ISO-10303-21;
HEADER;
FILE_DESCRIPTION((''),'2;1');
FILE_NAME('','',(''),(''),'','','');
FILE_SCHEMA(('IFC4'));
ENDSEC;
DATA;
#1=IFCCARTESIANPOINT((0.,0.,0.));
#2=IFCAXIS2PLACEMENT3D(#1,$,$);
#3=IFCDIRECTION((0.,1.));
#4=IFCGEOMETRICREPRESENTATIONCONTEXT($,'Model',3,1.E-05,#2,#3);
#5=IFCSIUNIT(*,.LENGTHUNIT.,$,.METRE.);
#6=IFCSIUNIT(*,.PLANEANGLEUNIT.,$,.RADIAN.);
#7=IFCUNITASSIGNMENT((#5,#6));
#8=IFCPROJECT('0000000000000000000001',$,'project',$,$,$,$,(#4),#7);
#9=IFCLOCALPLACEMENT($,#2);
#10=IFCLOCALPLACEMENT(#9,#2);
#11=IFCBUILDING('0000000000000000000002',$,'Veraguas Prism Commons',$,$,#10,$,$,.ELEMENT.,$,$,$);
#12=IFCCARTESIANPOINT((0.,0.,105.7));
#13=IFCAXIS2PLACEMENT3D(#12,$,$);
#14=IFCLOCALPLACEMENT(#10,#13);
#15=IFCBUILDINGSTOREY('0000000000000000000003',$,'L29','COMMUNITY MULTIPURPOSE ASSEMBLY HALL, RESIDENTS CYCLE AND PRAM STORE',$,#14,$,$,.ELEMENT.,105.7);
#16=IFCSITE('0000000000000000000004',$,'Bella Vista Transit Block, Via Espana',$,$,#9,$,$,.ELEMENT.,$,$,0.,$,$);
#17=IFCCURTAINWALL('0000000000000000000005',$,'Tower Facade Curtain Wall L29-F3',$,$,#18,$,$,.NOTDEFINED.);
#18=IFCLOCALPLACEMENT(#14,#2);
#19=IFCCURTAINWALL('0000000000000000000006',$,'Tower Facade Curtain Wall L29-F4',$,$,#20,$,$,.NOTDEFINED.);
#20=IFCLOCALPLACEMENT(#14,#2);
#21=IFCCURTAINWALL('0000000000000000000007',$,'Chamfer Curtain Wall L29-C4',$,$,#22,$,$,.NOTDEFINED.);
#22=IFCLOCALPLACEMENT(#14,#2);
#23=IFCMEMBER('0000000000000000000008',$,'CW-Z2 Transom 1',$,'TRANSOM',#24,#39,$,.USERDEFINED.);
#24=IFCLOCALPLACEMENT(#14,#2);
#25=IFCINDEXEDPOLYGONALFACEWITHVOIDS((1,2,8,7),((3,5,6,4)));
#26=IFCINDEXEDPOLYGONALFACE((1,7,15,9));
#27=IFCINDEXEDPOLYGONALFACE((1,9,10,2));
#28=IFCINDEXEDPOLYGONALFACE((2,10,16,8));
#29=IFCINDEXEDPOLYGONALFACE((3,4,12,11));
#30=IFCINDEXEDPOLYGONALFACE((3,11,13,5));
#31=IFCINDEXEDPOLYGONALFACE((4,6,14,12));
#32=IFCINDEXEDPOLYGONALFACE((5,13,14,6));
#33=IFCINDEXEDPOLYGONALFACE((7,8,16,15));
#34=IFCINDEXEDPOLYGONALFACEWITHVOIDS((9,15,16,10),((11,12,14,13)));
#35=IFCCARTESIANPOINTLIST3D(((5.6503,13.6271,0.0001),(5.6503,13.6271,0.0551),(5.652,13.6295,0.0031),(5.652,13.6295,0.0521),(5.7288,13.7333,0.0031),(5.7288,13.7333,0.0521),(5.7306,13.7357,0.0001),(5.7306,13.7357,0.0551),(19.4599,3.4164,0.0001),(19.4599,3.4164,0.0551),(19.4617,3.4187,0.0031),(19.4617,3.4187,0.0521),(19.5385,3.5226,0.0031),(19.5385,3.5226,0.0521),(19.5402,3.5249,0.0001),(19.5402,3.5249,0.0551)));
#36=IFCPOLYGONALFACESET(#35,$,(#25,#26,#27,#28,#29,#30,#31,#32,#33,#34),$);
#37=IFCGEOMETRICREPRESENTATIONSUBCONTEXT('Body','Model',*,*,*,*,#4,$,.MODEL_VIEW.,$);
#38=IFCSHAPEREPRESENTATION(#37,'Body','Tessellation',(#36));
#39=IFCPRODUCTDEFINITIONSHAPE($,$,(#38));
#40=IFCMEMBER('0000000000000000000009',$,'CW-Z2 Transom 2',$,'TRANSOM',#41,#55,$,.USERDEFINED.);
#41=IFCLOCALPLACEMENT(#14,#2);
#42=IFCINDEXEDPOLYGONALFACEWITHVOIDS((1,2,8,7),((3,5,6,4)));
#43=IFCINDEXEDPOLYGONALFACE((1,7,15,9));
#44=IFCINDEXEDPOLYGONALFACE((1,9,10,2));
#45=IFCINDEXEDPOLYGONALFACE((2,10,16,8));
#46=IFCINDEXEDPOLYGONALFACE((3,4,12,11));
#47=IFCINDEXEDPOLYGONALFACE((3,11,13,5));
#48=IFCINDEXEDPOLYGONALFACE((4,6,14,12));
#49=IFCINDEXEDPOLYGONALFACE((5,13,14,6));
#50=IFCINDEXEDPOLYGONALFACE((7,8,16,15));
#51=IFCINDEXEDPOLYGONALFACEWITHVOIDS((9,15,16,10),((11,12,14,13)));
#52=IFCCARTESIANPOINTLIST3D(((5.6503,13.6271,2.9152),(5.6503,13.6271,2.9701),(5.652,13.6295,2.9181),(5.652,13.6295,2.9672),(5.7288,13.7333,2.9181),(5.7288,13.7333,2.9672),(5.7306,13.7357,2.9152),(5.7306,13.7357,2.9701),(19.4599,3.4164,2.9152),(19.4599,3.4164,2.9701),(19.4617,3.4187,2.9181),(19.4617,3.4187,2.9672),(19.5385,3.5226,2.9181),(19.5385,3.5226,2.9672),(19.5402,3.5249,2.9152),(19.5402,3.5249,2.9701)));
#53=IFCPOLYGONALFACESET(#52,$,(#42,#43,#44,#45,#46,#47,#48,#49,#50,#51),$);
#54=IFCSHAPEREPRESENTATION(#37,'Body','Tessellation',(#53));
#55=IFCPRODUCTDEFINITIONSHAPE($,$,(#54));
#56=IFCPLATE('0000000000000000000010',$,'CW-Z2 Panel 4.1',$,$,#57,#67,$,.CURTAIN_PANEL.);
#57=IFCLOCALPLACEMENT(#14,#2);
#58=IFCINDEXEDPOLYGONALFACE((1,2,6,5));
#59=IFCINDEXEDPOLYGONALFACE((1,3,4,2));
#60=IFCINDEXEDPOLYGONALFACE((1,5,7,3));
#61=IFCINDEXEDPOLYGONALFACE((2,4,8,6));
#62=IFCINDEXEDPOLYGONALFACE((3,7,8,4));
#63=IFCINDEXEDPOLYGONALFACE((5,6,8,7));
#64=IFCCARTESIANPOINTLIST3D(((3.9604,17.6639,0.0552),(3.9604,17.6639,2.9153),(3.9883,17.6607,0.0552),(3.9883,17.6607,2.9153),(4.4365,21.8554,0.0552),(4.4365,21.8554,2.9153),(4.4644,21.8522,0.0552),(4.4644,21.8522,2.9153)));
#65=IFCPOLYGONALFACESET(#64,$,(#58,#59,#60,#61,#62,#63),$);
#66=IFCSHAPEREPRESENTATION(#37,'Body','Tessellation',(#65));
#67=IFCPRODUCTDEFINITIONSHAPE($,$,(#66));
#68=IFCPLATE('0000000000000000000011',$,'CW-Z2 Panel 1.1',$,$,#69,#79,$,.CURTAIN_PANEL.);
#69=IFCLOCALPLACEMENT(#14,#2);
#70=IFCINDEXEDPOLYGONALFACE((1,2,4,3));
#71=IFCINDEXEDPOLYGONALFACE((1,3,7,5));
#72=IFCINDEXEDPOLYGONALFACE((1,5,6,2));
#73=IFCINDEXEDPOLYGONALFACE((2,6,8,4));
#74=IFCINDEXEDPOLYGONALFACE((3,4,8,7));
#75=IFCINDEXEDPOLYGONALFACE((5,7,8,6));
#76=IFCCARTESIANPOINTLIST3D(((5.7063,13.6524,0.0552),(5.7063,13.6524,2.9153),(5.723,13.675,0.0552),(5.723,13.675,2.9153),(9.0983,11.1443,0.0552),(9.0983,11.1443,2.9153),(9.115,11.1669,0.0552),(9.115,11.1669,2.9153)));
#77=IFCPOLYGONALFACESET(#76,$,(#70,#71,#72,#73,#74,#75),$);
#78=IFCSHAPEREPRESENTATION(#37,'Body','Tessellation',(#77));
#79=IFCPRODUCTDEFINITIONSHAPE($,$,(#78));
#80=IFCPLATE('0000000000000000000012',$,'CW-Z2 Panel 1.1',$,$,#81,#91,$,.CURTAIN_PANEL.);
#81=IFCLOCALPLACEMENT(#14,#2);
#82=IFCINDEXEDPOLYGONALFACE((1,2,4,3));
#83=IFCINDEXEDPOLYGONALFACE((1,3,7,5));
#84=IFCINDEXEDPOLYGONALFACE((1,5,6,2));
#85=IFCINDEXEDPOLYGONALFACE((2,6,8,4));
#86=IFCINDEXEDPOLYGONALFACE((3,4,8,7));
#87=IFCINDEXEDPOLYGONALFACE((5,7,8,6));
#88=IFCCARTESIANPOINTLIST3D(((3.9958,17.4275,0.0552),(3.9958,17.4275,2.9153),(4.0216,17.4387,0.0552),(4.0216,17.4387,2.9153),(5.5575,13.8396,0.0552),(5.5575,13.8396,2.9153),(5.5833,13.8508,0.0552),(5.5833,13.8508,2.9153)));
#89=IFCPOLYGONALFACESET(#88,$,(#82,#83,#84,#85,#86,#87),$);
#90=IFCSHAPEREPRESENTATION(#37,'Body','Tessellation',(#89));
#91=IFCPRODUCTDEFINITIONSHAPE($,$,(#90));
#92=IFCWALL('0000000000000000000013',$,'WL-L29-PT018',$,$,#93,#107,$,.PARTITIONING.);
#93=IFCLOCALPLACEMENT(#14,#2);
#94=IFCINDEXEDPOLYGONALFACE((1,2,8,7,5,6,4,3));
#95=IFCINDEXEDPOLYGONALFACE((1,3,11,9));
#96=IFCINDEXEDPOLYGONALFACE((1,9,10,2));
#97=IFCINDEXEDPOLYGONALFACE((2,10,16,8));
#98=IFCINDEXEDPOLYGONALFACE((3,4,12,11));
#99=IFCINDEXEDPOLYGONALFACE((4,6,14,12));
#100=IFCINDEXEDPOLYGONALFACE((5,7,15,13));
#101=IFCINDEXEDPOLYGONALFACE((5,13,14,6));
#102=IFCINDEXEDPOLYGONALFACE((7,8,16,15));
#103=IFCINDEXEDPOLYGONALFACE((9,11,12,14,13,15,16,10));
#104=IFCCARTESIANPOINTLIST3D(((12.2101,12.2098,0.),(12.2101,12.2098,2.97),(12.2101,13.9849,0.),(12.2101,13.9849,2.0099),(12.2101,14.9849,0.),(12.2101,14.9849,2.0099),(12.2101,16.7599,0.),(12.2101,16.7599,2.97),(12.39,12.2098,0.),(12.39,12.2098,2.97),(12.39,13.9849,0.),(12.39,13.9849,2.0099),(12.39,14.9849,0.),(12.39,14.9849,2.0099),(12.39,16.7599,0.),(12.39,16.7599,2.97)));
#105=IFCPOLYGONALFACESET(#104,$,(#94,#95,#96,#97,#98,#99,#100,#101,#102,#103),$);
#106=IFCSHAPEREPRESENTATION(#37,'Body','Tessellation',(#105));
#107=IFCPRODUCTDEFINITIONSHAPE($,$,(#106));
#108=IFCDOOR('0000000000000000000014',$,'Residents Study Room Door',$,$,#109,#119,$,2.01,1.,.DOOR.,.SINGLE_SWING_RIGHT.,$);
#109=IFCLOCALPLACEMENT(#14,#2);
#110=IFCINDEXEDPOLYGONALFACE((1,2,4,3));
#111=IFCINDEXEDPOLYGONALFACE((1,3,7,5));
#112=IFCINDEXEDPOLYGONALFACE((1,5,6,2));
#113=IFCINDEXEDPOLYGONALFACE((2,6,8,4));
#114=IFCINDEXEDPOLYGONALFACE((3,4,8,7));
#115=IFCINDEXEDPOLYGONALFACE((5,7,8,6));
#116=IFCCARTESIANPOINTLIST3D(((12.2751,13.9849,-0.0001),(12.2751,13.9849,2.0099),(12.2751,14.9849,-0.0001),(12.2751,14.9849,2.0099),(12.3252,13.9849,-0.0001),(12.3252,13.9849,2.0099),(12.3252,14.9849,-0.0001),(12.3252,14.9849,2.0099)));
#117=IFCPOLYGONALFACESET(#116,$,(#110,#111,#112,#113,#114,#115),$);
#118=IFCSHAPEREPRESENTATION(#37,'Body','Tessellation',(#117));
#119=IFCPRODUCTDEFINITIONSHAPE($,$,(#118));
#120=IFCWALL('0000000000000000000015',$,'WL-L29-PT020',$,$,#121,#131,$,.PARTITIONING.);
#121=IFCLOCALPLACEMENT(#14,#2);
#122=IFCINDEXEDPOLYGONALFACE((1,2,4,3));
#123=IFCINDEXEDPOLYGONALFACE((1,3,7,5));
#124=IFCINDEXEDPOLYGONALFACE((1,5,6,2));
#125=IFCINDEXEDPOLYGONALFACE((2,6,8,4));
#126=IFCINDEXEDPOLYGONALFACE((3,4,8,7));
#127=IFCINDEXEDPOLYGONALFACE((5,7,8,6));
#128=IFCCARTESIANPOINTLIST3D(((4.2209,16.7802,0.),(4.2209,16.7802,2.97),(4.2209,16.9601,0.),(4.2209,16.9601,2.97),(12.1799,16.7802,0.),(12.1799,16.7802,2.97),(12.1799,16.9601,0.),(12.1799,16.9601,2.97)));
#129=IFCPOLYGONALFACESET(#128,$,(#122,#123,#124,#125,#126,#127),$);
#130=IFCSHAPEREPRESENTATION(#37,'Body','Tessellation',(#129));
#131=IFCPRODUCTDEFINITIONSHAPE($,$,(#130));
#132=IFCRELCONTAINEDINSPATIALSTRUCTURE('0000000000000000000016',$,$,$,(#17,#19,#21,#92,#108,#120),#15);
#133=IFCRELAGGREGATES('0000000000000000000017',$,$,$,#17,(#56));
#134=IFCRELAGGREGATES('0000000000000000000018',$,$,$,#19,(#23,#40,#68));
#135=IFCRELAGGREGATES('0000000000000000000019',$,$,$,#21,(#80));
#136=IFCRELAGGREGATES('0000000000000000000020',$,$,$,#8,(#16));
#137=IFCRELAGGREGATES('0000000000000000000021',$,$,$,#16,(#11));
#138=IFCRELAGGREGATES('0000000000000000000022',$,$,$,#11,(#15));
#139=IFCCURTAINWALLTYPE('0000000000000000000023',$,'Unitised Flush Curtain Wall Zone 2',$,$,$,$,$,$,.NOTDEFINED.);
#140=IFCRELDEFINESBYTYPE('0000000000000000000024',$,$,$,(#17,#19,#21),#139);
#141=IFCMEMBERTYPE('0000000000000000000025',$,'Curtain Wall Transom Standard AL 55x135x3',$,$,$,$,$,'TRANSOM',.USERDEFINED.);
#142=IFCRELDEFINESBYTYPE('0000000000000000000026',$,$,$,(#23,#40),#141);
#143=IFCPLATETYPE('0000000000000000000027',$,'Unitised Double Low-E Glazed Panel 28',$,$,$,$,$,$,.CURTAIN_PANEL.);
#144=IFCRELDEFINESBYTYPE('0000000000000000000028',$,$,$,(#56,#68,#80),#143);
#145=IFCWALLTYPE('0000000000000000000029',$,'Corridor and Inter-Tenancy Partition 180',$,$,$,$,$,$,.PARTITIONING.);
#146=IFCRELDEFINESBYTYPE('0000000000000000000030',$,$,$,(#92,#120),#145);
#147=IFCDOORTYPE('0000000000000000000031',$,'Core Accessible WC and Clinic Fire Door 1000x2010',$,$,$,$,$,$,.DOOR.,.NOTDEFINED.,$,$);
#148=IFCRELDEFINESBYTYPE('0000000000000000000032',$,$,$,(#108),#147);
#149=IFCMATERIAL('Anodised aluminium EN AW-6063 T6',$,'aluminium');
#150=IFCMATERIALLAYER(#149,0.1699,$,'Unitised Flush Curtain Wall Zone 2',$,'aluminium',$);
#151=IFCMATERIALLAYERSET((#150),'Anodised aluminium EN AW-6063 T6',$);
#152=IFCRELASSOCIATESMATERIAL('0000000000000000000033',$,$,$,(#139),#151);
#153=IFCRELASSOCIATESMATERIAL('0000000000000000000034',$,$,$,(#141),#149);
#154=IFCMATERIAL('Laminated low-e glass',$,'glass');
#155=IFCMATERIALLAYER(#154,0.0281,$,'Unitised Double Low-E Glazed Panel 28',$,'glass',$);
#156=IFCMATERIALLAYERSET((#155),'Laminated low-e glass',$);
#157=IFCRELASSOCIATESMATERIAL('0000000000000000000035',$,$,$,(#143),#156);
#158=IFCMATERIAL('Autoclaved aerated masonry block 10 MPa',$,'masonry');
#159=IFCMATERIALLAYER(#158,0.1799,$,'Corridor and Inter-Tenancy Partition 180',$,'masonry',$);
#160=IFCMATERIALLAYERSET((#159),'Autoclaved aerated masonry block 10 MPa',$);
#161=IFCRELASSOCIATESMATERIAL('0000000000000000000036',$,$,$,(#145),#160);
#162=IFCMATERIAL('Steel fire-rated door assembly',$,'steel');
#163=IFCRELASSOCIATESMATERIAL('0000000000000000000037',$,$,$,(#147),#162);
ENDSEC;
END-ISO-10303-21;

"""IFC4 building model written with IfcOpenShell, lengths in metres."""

from ifc_helpers import new_model, si_unit, direction, frame, frame_2d, origin, origin_2d, place, context, subcontext, project, spatial, rectangle, hollow_rectangle, extrude, source, transform, mapped, material, layer, layer_set, material_profile, profile_set, type_object, element, fill, aggregate, save


model = new_model("IFC4")

# Units and contexts
model_context = context("Model", 3, precision=1e-05, world=origin(), true_north=direction((0.0, 1.0)))
body_context = subcontext(model_context, "Body", "Model", "MODEL_VIEW")
ifc_project = project(units=[si_unit("LENGTHUNIT", "METRE"), si_unit("PLANEANGLEUNIT", "RADIAN")], contexts=[model_context])

# Site, building, storey
site_placement = place(None, origin())
site = spatial("IfcSite", under=ifc_project, at=site_placement, Name="Bella Vista Transit Block, Via Espana", CompositionType="ELEMENT", RefElevation=0.0)
building_placement = place(site_placement, origin())
building = spatial("IfcBuilding", under=site, at=building_placement, Name="Veraguas Prism Commons", CompositionType="ELEMENT")
storey_placement = place(building_placement, frame((0.0, 0.0, 105.7)))
storey = spatial("IfcBuildingStorey", under=building, at=storey_placement, Name="L29", Description="COMMUNITY MULTIPURPOSE ASSEMBLY HALL, RESIDENTS CYCLE AND PRAM STORE", CompositionType="ELEMENT", Elevation=105.7)

# Curtain wall
ifc_material_1 = material(Name="Anodised aluminium EN AW-6063 T6", Category="aluminium")
ifc_layer_1 = layer(ifc_material_1, 0.1699, Name="Unitised Flush Curtain Wall Zone 2", Category="aluminium")
ifc_layer_set_1 = layer_set([ifc_layer_1], Name="Anodised aluminium EN AW-6063 T6")
curtain_wall_type = type_object("IfcCurtainWallType", Name="Unitised Flush Curtain Wall Zone 2", PredefinedType="NOTDEFINED", material=ifc_layer_set_1)
curtain_wall_1_placement = place(storey_placement, origin())
curtain_wall_1 = element("IfcCurtainWall", 1, at=curtain_wall_1_placement, inside=storey, type_object=curtain_wall_type, Name="Tower Facade Curtain Wall L29-F3", PredefinedType="NOTDEFINED")

# Curtain wall
curtain_wall_2_placement = place(storey_placement, origin())
curtain_wall_2 = element("IfcCurtainWall", 2, at=curtain_wall_2_placement, inside=storey, type_object=curtain_wall_type, Name="Tower Facade Curtain Wall L29-F4", PredefinedType="NOTDEFINED")

# Curtain wall
curtain_wall_3_placement = place(storey_placement, origin())
curtain_wall_3 = element("IfcCurtainWall", 3, at=curtain_wall_3_placement, inside=storey, type_object=curtain_wall_type, Name="Chamfer Curtain Wall L29-C4", PredefinedType="NOTDEFINED")
ifc_material_profile_1 = material_profile(ifc_material_1, hollow_rectangle(XDim=0.0549, YDim=0.135, WallThickness=0.0029, at=origin_2d()), Name="AL55X135X3")
ifc_profile_set_1 = profile_set([ifc_material_profile_1], Name="Anodised aluminium EN AW-6063 T6")
member_type_1 = type_object("IfcMemberType", Name="Curtain Wall Transom Standard AL 55x135x3", ElementType="TRANSOM", PredefinedType="USERDEFINED", material=ifc_profile_set_1)

# Members
shared_shape_1 = source(origin(), body_context, "Body", "SweptSolid", [
    extrude(hollow_rectangle(XDim=0.0549, YDim=0.135, WallThickness=0.0029, at=origin_2d()), origin(), (0.0, 0.0, 1.0), 17.1746),
])
member_1_placement = place(storey_placement, frame((5.6904, 13.6814, 0.0276), z_axis=(0.804075, -0.594527, 0.0), x_axis=(0.0, 0.0, 1.0)))
member_1 = element("IfcMember", 4, at=member_1_placement, type_object=member_type_1, Name="CW-Z2 Transom 1", ObjectType="TRANSOM", PredefinedType="USERDEFINED", context=body_context, shape_type="MappedRepresentation", body=[
    mapped(shared_shape_1, transform((0.0, 0.0, 0.0), scale=1.0)),
])
member_2_placement = place(storey_placement, frame((5.6904, 13.6814, 2.9426), z_axis=(0.804075, -0.594527, 0.0), x_axis=(0.0, 0.0, 1.0)))
member_2 = element("IfcMember", 5, at=member_2_placement, type_object=member_type_1, Name="CW-Z2 Transom 2", ObjectType="TRANSOM", PredefinedType="USERDEFINED", context=body_context, shape_type="MappedRepresentation", body=[
    mapped(shared_shape_1, transform((0.0, 0.0, 0.0), scale=1.0)),
])

# Plates
ifc_material_2 = material(Name="Laminated low-e glass", Category="glass")
ifc_layer_2 = layer(ifc_material_2, 0.0281, Name="Unitised Double Low-E Glazed Panel 28", Category="glass")
ifc_layer_set_2 = layer_set([ifc_layer_2], Name="Laminated low-e glass")
plate_type = type_object("IfcPlateType", Name="Unitised Double Low-E Glazed Panel 28", PredefinedType="CURTAIN_PANEL", material=ifc_layer_set_2)
shared_shape_2 = source(origin(), body_context, "Body", "SweptSolid", [
    extrude(rectangle(XDim=4.2185, YDim=0.0281, at=origin_2d()), origin(), (0.0, 0.0, 1.0), 2.8601),
])
plate_1_placement = place(storey_placement, frame((4.2124, 19.7581, 0.0552), z_axis=(0.0, 0.0, 1.0), x_axis=(-0.112856, -0.993611, 0.0)))
plate_1 = element("IfcPlate", 6, at=plate_1_placement, type_object=plate_type, Name="CW-Z2 Panel 4.1", PredefinedType="CURTAIN_PANEL", context=body_context, shape_type="MappedRepresentation", body=[
    mapped(shared_shape_2, transform((0.0, 0.0, 0.0), scale=1.0)),
])
aggregate(curtain_wall_1, [plate_1])
plate_2_placement = place(storey_placement, frame((7.4106, 12.4097, 0.0552), z_axis=(0.0, 0.0, 1.0), x_axis=(0.804068, -0.594538, 0.0)))
plate_2 = element("IfcPlate", 7, at=plate_2_placement, type_object=plate_type, Name="CW-Z2 Panel 1.1", PredefinedType="CURTAIN_PANEL", context=body_context, shape_type="MappedRepresentation", body=[
    mapped(shared_shape_2, transform((0.0, 0.0, 0.0), scale=1.0)),
])
aggregate(curtain_wall_2, [member_1, member_2, plate_2])
shared_shape_3 = source(origin(), body_context, "Body", "SweptSolid", [
    extrude(rectangle(XDim=3.9131, YDim=0.0281, at=origin_2d()), origin(), (0.0, 0.0, 1.0), 2.8601),
])
plate_3_placement = place(storey_placement, frame((4.7896, 15.6392, 0.0552), z_axis=(0.0, 0.0, 1.0), x_axis=(0.399087, -0.916913, 0.0)))
plate_3 = element("IfcPlate", 8, at=plate_3_placement, type_object=plate_type, Name="CW-Z2 Panel 1.1", PredefinedType="CURTAIN_PANEL", context=body_context, shape_type="MappedRepresentation", body=[
    mapped(shared_shape_3, transform((0.0, 0.0, 0.0), scale=1.0)),
])
aggregate(curtain_wall_3, [plate_3])

# Wall, opening, door
ifc_material_3 = material(Name="Autoclaved aerated masonry block 10 MPa", Category="masonry")
ifc_layer_3 = layer(ifc_material_3, 0.1799, Name="Corridor and Inter-Tenancy Partition 180", Category="masonry")
ifc_layer_set_3 = layer_set([ifc_layer_3], Name="Autoclaved aerated masonry block 10 MPa")
wall_type = type_object("IfcWallType", Name="Corridor and Inter-Tenancy Partition 180", PredefinedType="PARTITIONING", material=ifc_layer_set_3)
wall_1_placement = place(storey_placement, frame((12.3, 12.21, 0.0), z_axis=(0.0, 0.0, 1.0), x_axis=(0.0, 1.0, 0.0)))
wall_1 = element("IfcWall", 9, at=wall_1_placement, inside=storey, type_object=wall_type, Name="WL-L29-PT018", PredefinedType="PARTITIONING", context=body_context, shape_type="SweptSolid", body=[
    extrude(rectangle(XDim=4.55, YDim=0.1799, at=frame_2d((2.2749, 0.0))), origin(), (0.0, 0.0, 1.0), 2.97),
])
opening_placement = place(wall_1_placement, frame((1.7749, 0.0, 0.0)))
opening = element("IfcOpeningElement", 10, at=opening_placement, cuts=wall_1, PredefinedType="OPENING", context=body_context, shape_type="SweptSolid", body=[
    extrude(rectangle(XDim=1.0, YDim=2.01, at=frame_2d((0.5, 1.0049))), frame((0.0, 0.0999, 0.0), z_axis=(0.0, -1.0, 0.0), x_axis=(1.0, 0.0, 0.0)), (0.0, 0.0, 1.0), 0.2),
])
ifc_material_4 = material(Name="Steel fire-rated door assembly", Category="steel")
door_type = type_object("IfcDoorType", Name="Core Accessible WC and Clinic Fire Door 1000x2010", OperationType="NOTDEFINED", PredefinedType="DOOR", material=ifc_material_4)
shared_shape_4 = source(origin(), body_context, "Body", "SweptSolid", [
    extrude(rectangle(XDim=1.0, YDim=2.01, at=frame_2d((0.5, 1.0049))), frame((0.0, 0.0249, 0.0), z_axis=(0.0, -1.0, 0.0), x_axis=(1.0, 0.0, 0.0)), (0.0, 0.0, 1.0), 0.05),
])
door_placement = place(opening_placement, origin())
door = element("IfcDoor", 11, at=door_placement, inside=storey, type_object=door_type, Name="Residents Study Room Door", OperationType="SINGLE_SWING_RIGHT", OverallHeight=2.01, OverallWidth=1.0, PredefinedType="DOOR", context=body_context, shape_type="MappedRepresentation", body=[
    mapped(shared_shape_4, transform((0.0, 0.0, 0.0), scale=1.0)),
])
fill(opening, door)

# Wall
wall_2_placement = place(storey_placement, frame((12.1799, 16.8701, 0.0), z_axis=(0.0, 0.0, 1.0), x_axis=(-1.0, 0.0, 0.0)))
element("IfcWall", 12, at=wall_2_placement, inside=storey, type_object=wall_type, Name="WL-L29-PT020", PredefinedType="PARTITIONING", context=body_context, shape_type="SweptSolid", body=[
    extrude(rectangle(XDim=7.959, YDim=0.1799, at=frame_2d((3.9795, 0.0))), origin(), (0.0, 0.0, 1.0), 2.97),
])

save(model, "model.ifc")
